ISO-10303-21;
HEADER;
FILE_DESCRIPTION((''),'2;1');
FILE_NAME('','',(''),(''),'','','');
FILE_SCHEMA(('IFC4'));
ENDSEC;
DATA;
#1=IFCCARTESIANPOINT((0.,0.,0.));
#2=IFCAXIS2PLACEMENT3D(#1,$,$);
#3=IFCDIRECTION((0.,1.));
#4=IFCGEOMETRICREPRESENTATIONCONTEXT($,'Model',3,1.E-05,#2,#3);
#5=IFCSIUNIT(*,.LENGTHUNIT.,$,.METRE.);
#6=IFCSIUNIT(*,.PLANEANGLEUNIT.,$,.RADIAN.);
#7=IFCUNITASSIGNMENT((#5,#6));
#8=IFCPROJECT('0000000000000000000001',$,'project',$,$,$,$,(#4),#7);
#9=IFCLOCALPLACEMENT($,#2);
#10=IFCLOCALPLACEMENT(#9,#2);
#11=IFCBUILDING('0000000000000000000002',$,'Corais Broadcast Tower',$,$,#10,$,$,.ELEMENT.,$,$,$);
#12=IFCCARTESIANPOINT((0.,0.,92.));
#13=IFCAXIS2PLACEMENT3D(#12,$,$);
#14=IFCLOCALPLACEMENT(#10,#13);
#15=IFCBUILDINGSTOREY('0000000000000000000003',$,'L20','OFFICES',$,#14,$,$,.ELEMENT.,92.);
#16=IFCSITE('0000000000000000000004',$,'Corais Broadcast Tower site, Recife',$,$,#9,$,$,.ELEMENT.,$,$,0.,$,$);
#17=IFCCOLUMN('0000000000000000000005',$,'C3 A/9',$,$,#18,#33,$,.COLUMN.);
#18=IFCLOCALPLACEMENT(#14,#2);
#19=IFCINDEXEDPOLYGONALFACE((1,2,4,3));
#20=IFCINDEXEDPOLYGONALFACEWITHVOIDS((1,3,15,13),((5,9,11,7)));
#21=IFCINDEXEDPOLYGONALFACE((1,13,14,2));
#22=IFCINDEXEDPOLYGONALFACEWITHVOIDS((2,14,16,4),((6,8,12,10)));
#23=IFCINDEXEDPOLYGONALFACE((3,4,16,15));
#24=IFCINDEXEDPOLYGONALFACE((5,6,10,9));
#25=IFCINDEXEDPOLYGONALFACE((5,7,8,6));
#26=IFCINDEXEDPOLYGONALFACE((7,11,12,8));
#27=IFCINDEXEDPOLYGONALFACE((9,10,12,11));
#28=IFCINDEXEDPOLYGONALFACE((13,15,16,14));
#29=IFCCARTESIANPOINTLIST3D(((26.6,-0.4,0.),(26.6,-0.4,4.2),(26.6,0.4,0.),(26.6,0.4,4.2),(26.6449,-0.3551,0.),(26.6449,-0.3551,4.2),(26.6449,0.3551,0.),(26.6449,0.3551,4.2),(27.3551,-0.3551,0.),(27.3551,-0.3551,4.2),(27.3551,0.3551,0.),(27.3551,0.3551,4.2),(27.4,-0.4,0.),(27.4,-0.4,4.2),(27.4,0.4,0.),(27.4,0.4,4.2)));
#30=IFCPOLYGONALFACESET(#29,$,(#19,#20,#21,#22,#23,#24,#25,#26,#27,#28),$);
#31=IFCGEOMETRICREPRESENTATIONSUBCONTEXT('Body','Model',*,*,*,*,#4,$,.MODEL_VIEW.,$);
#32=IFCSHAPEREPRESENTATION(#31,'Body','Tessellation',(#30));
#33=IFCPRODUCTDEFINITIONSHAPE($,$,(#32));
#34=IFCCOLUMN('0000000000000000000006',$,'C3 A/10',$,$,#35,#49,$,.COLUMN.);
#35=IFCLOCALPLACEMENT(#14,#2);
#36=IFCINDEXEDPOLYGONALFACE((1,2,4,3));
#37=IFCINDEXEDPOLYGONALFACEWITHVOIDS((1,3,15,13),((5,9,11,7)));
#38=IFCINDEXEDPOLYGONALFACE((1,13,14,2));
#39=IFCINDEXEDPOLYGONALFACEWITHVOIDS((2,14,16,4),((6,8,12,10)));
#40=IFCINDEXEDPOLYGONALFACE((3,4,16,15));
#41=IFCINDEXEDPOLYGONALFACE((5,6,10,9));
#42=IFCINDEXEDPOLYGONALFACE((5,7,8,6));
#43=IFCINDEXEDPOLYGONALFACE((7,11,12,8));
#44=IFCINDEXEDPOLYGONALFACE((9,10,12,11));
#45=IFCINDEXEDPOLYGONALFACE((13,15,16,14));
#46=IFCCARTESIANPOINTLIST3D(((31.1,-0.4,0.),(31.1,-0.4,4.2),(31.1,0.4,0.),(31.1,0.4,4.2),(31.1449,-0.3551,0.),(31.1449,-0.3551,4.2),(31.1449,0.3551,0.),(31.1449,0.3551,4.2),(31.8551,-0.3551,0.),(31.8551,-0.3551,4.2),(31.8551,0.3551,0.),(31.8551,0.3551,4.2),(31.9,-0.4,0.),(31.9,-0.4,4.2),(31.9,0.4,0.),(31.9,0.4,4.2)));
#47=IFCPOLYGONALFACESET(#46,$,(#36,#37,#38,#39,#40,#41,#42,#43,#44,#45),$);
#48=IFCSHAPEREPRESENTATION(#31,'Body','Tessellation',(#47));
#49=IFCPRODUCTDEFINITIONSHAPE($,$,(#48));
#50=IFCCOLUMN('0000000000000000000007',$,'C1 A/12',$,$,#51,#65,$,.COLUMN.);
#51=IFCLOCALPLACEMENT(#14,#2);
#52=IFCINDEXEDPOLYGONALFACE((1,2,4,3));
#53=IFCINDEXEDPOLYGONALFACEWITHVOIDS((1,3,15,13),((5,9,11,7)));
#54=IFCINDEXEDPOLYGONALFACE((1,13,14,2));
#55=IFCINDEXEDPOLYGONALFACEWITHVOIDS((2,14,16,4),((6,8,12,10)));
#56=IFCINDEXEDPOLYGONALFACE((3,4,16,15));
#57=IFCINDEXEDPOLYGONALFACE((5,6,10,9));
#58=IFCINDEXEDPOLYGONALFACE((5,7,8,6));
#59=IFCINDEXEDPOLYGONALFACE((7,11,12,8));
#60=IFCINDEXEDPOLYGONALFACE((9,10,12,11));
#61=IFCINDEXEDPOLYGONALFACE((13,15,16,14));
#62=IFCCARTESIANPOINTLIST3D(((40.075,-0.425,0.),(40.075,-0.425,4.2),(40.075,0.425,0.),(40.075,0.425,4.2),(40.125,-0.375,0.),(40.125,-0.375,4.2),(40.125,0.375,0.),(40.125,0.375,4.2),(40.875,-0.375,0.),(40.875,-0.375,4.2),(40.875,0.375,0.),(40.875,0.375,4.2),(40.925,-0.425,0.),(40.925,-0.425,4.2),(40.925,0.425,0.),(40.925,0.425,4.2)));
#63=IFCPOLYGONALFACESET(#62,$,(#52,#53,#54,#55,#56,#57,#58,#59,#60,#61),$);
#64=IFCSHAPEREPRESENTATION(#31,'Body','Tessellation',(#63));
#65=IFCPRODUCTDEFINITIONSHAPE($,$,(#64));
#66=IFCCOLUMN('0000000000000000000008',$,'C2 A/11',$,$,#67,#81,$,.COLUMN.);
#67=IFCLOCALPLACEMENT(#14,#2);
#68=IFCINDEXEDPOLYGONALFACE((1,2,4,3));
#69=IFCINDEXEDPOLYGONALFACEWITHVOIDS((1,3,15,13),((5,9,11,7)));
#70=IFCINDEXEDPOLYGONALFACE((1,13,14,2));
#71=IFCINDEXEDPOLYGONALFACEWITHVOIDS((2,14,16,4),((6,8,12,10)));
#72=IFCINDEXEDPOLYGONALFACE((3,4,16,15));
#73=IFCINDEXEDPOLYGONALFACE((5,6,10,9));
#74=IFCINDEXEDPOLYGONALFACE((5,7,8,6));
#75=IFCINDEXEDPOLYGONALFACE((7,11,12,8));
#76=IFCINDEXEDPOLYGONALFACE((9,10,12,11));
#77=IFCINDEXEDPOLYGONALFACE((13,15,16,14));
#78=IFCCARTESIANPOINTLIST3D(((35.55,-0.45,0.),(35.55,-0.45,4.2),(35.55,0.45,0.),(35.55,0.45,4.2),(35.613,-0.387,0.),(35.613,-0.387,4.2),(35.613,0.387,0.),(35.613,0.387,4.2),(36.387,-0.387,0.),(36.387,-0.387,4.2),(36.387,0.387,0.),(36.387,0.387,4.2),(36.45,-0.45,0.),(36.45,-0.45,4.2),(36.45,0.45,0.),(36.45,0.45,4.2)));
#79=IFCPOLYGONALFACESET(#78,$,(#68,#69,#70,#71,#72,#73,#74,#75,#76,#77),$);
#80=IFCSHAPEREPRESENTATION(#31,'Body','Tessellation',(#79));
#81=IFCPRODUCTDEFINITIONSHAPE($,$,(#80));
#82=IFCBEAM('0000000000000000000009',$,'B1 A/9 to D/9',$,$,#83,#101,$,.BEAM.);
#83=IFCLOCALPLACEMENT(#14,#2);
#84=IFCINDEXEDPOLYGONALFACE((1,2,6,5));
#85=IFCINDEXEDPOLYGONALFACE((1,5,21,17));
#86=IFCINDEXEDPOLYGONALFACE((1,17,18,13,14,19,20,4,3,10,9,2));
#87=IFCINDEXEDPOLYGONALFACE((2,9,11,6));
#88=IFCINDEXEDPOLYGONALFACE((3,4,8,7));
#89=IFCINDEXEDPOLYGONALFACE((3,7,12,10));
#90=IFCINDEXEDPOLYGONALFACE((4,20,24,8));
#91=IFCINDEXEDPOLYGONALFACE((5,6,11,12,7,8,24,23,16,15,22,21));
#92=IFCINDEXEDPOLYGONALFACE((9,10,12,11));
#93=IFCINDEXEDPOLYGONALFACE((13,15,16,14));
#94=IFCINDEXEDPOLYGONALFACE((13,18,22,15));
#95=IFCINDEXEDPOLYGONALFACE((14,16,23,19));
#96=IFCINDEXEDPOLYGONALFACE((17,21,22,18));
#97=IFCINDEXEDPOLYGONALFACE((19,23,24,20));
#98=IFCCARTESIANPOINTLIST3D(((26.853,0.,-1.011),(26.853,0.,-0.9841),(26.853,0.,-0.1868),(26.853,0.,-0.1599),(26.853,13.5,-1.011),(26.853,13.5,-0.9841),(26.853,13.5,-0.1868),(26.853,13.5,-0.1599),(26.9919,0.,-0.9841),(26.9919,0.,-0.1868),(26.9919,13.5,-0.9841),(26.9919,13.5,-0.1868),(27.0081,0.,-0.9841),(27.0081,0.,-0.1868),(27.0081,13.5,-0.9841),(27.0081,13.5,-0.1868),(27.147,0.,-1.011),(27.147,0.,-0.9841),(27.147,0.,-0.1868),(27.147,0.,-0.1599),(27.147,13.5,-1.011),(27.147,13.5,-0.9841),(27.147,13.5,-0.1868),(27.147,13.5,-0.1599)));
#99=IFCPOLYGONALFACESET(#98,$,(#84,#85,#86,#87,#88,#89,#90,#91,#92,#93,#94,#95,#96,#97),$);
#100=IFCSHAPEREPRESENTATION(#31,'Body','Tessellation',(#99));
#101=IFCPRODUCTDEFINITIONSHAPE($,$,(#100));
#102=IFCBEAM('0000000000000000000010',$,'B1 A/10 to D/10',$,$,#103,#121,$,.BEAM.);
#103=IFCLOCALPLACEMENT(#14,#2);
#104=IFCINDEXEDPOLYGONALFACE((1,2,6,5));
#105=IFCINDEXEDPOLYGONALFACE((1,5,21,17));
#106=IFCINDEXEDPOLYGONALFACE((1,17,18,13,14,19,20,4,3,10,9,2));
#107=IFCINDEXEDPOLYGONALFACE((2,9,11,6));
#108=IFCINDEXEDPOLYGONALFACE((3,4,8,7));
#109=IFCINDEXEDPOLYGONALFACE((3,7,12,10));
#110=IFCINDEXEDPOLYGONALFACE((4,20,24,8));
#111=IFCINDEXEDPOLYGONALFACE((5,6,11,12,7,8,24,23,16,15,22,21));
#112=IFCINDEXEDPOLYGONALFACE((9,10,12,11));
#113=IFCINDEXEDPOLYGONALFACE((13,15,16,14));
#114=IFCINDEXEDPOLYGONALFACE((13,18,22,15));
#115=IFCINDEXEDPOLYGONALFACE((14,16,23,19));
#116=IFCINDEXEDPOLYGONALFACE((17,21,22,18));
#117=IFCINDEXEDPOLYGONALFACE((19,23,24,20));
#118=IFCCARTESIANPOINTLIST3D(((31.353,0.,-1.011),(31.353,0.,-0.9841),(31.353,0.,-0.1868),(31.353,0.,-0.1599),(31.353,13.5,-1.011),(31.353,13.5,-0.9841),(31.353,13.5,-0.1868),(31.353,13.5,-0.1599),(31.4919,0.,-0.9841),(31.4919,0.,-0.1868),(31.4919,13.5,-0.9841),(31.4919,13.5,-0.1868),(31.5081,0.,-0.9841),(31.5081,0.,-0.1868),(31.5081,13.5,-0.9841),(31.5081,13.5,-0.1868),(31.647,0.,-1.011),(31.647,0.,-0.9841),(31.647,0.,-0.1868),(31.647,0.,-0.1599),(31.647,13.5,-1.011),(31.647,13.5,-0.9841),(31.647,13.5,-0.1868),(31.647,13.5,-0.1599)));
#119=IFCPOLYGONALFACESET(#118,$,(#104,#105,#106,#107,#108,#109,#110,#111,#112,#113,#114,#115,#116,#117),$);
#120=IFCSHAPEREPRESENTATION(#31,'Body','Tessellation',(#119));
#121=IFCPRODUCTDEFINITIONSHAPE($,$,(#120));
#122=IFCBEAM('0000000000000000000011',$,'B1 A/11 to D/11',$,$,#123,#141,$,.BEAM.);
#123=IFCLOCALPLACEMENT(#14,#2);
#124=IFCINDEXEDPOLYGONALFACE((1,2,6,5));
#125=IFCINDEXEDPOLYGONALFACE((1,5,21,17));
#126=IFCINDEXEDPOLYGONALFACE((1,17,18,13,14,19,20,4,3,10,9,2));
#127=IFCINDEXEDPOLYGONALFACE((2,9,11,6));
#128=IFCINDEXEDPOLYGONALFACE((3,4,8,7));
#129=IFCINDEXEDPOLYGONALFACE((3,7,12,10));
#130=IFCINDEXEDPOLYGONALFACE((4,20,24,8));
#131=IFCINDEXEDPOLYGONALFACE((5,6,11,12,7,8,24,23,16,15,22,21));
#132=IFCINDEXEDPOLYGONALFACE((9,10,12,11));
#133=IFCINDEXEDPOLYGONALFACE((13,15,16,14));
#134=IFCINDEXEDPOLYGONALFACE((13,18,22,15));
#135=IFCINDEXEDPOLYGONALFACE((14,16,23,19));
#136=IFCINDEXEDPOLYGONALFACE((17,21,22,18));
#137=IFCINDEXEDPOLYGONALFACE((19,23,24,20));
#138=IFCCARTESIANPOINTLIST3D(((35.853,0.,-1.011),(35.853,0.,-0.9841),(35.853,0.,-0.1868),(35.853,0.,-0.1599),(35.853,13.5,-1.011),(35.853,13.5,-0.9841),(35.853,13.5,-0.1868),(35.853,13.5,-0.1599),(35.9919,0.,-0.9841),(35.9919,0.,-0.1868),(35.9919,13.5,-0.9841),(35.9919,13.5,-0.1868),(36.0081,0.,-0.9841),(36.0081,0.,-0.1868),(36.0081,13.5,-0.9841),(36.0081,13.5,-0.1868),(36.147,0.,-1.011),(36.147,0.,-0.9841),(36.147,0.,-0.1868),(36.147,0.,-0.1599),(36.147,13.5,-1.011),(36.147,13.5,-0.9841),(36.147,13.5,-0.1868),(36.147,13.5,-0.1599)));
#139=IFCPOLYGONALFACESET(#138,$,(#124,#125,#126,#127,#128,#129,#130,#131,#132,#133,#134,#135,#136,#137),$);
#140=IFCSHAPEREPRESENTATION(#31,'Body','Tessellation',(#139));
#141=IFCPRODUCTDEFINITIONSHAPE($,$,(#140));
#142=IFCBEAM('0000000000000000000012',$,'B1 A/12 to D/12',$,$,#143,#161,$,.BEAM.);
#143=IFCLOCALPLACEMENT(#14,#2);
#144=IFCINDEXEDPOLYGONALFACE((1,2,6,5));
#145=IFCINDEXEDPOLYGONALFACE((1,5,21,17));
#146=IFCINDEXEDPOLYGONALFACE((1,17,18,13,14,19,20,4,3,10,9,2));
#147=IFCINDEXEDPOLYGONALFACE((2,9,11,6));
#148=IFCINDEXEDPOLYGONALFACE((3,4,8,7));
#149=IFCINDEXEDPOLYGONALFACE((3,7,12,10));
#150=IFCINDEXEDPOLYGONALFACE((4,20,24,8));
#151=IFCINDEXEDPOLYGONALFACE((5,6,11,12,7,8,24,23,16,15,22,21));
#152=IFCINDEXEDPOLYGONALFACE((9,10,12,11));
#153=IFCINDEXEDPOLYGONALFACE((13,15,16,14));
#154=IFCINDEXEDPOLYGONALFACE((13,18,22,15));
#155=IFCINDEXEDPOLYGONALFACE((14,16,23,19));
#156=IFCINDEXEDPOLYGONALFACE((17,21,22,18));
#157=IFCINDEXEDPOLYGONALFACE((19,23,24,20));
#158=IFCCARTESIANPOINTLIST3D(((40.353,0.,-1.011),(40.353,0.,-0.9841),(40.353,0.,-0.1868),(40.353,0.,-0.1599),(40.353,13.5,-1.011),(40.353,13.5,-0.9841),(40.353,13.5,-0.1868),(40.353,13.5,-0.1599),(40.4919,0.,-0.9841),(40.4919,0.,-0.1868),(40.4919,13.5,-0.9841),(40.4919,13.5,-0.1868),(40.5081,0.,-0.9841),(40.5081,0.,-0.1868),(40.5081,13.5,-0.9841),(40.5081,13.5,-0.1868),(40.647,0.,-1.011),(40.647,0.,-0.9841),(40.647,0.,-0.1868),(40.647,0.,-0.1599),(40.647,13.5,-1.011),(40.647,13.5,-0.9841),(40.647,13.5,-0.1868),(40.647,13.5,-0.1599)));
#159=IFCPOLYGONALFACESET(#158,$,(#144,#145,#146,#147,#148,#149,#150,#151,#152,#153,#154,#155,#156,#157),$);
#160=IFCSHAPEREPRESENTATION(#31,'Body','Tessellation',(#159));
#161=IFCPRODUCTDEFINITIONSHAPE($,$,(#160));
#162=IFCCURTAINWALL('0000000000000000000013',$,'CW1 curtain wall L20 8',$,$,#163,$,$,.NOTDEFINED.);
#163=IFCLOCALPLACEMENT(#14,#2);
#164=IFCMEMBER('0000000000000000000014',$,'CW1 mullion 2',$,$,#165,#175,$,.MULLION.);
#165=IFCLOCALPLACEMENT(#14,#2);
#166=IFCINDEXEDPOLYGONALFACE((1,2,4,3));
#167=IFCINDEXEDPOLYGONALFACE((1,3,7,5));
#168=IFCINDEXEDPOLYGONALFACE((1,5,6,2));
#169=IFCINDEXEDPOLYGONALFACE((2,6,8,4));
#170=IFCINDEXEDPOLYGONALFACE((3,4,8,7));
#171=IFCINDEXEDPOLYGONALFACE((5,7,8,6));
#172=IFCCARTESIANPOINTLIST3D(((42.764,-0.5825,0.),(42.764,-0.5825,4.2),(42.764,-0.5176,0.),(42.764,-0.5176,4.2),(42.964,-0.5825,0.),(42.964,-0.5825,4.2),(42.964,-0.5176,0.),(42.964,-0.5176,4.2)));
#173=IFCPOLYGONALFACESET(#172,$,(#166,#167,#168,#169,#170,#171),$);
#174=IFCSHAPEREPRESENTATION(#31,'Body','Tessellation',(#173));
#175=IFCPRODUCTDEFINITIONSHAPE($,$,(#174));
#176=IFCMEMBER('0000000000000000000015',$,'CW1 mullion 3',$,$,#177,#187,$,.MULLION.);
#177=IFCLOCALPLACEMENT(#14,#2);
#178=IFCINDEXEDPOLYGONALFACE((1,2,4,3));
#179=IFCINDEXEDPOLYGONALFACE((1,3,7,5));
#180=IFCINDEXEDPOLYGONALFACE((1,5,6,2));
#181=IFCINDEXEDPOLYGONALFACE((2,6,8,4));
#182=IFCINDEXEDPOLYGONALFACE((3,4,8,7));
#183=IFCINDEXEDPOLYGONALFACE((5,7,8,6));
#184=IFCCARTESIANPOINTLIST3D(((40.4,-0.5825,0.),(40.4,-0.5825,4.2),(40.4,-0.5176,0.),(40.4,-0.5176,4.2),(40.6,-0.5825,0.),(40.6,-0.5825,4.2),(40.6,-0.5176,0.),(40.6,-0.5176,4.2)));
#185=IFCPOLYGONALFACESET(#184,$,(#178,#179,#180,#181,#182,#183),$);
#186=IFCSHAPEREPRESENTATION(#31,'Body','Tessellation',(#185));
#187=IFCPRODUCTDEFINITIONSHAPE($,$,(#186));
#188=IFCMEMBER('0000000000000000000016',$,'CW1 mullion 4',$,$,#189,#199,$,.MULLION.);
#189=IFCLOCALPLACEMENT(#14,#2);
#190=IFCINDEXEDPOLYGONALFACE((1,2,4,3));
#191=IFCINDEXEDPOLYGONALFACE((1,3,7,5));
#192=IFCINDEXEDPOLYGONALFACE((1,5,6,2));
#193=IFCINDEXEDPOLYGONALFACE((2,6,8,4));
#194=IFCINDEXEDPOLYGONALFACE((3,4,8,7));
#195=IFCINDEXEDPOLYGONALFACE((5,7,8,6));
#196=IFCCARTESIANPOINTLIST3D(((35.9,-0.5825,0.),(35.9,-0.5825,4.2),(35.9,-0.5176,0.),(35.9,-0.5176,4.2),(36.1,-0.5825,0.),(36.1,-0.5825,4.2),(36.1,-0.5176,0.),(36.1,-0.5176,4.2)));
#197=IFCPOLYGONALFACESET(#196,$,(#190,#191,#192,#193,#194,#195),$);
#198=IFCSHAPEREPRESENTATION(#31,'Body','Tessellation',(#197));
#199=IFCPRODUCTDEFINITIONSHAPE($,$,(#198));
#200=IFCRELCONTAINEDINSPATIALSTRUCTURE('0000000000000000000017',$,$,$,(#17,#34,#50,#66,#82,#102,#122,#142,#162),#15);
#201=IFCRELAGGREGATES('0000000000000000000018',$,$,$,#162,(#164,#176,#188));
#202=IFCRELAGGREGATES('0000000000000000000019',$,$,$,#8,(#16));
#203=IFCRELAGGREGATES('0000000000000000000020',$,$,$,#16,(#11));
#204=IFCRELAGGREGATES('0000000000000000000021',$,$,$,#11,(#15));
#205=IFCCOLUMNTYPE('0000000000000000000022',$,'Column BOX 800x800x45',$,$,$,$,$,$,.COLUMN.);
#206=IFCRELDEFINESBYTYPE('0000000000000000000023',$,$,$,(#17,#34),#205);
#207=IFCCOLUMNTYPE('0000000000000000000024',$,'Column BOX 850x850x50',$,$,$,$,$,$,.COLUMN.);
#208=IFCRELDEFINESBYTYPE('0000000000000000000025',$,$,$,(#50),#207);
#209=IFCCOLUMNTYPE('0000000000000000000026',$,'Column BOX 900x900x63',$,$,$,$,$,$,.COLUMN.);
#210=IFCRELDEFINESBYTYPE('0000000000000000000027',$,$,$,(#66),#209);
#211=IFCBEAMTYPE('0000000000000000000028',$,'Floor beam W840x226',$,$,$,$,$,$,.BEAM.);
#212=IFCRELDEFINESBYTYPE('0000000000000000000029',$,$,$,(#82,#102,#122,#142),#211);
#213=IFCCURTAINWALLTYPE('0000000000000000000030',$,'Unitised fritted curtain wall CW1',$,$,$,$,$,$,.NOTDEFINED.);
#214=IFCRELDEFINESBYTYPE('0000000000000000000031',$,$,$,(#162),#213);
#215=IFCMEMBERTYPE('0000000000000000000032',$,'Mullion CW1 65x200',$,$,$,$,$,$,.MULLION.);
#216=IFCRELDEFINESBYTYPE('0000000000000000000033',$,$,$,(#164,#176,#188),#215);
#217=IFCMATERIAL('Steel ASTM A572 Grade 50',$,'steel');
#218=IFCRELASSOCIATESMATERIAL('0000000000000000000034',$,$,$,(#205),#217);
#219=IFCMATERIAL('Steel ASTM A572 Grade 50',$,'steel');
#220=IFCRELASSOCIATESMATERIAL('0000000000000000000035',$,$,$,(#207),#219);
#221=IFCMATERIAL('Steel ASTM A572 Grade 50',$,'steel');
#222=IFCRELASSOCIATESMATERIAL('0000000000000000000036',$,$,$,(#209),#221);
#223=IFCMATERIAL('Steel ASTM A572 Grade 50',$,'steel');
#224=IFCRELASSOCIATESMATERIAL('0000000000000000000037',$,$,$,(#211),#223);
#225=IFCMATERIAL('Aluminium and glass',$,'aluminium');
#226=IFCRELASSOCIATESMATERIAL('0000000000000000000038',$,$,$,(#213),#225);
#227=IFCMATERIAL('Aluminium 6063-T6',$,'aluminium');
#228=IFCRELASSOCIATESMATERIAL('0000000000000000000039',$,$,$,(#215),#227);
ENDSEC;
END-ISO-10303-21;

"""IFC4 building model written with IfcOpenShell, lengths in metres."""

from ifc_helpers import new_model, si_unit, direction, frame, origin, origin_2d, place, context, subcontext, project, spatial, rectangle, hollow_rectangle, i_section, extrude, material, material_profile, profile_set, type_object, element, aggregate, save


model = new_model("IFC4")

# Units and contexts
model_context = context("Model", 3, precision=1e-05, world=origin(), true_north=direction((0.0, 1.0)))
body_context = subcontext(model_context, "Body", "Model", "MODEL_VIEW")
ifc_project = project(units=[si_unit("LENGTHUNIT", "METRE"), si_unit("PLANEANGLEUNIT", "RADIAN")], contexts=[model_context])

# Site, building, storey
site_placement = place(None, origin())
site = spatial("IfcSite", under=ifc_project, at=site_placement, Name="Corais Broadcast Tower site, Recife", CompositionType="ELEMENT", RefElevation=0.0)
building_placement = place(site_placement, origin())
building = spatial("IfcBuilding", under=site, at=building_placement, Name="Corais Broadcast Tower", CompositionType="ELEMENT")
storey_placement = place(building_placement, frame((0.0, 0.0, 92.0)))
storey = spatial("IfcBuildingStorey", under=building, at=storey_placement, Name="L20", Description="OFFICES", CompositionType="ELEMENT", Elevation=92.0)

# Columns
ifc_material_1 = material(Name="Steel ASTM A572 Grade 50", Category="steel")
ifc_material_profile_1 = material_profile(ifc_material_1, hollow_rectangle(XDim=0.8, YDim=0.8, WallThickness=0.0449, at=origin_2d()), Name="BOX 800x800x45")
ifc_profile_set_1 = profile_set([ifc_material_profile_1], Name="Steel ASTM A572 Grade 50")
column_type_1 = type_object("IfcColumnType", Name="Column BOX 800x800x45", PredefinedType="COLUMN", material=ifc_profile_set_1)
for number, where, z_axis, x_axis, name in (
    (1, (27.0, 0.0, 0.0), (0.0, 0.0, 1.0), (1.0, 0.0, 0.0), "C3 A/9"),
    (2, (31.5, 0.0, 0.0), (0.0, 0.0, 1.0), (1.0, 0.0, 0.0), "C3 A/10"),
):
    element("IfcColumn", number, at=place(storey_placement, frame(where, z_axis=z_axis, x_axis=x_axis)), inside=storey, type_object=column_type_1, Name=name, PredefinedType="COLUMN", context=body_context, shape_type="SweptSolid", body=[
        extrude(hollow_rectangle(XDim=0.8, YDim=0.8, WallThickness=0.0449, at=origin_2d()), origin(), (0.0, 0.0, 1.0), 4.2),
    ])
ifc_material_2 = material(Name="Steel ASTM A572 Grade 50", Category="steel")
ifc_material_profile_2 = material_profile(ifc_material_2, hollow_rectangle(XDim=0.8501, YDim=0.8501, WallThickness=0.05, at=origin_2d()), Name="BOX 850x850x50")
ifc_profile_set_2 = profile_set([ifc_material_profile_2], Name="Steel ASTM A572 Grade 50")
column_type_2 = type_object("IfcColumnType", Name="Column BOX 850x850x50", PredefinedType="COLUMN", material=ifc_profile_set_2)
column_1_placement = place(storey_placement, frame((40.5, 0.0, 0.0), z_axis=(0.0, 0.0, 1.0), x_axis=(1.0, 0.0, 0.0)))
element("IfcColumn", 3, at=column_1_placement, inside=storey, type_object=column_type_2, Name="C1 A/12", PredefinedType="COLUMN", context=body_context, shape_type="SweptSolid", body=[
    extrude(hollow_rectangle(XDim=0.8501, YDim=0.8501, WallThickness=0.05, at=origin_2d()), origin(), (0.0, 0.0, 1.0), 4.2),
])
ifc_material_3 = material(Name="Steel ASTM A572 Grade 50", Category="steel")
ifc_material_profile_3 = material_profile(ifc_material_3, hollow_rectangle(XDim=0.8999, YDim=0.8999, WallThickness=0.063, at=origin_2d()), Name="BOX 900x900x63")
ifc_profile_set_3 = profile_set([ifc_material_profile_3], Name="Steel ASTM A572 Grade 50")
column_type_3 = type_object("IfcColumnType", Name="Column BOX 900x900x63", PredefinedType="COLUMN", material=ifc_profile_set_3)
column_2_placement = place(storey_placement, frame((36.0, 0.0, 0.0), z_axis=(0.0, 0.0, 1.0), x_axis=(1.0, 0.0, 0.0)))
element("IfcColumn", 4, at=column_2_placement, inside=storey, type_object=column_type_3, Name="C2 A/11", PredefinedType="COLUMN", context=body_context, shape_type="SweptSolid", body=[
    extrude(hollow_rectangle(XDim=0.8999, YDim=0.8999, WallThickness=0.063, at=origin_2d()), origin(), (0.0, 0.0, 1.0), 4.2),
])

# Beams
ifc_material_4 = material(Name="Steel ASTM A572 Grade 50", Category="steel")
ifc_material_profile_4 = material_profile(ifc_material_4, i_section(OverallWidth=0.2939, OverallDepth=0.8511, WebThickness=0.0161, FlangeThickness=0.0269, at=origin_2d()), Name="W840x226")
ifc_profile_set_4 = profile_set([ifc_material_profile_4], Name="Steel ASTM A572 Grade 50")
beam_type_1 = type_object("IfcBeamType", Name="Floor beam W840x226", PredefinedType="BEAM", material=ifc_profile_set_4)
for number, where, z_axis, x_axis, name in (
    (5, (27.0, 0.0, -0.5854), (0.0, 1.0, 0.0), (-1.0, 0.0, 0.0), "B1 A/9 to D/9"),
    (6, (31.5, 0.0, -0.5854), (0.0, 1.0, 0.0), (-1.0, 0.0, 0.0), "B1 A/10 to D/10"),
    (7, (36.0, 0.0, -0.5854), (0.0, 1.0, 0.0), (-1.0, 0.0, 0.0), "B1 A/11 to D/11"),
    (8, (40.5, 0.0, -0.5854), (0.0, 1.0, 0.0), (-1.0, 0.0, 0.0), "B1 A/12 to D/12"),
):
    element("IfcBeam", number, at=place(storey_placement, frame(where, z_axis=z_axis, x_axis=x_axis)), inside=storey, type_object=beam_type_1, Name=name, PredefinedType="BEAM", context=body_context, shape_type="SweptSolid", body=[
        extrude(i_section(OverallWidth=0.2939, OverallDepth=0.8511, WebThickness=0.0161, FlangeThickness=0.0269, at=origin_2d()), origin(), (0.0, 0.0, 1.0), 13.5),
    ])

# Curtain wall, members
ifc_material_5 = material(Name="Aluminium and glass", Category="aluminium")
curtain_wall_type = type_object("IfcCurtainWallType", Name="Unitised fritted curtain wall CW1", PredefinedType="NOTDEFINED", material=ifc_material_5)
curtain_wall_placement = place(storey_placement, origin())
curtain_wall = element("IfcCurtainWall", 9, at=curtain_wall_placement, inside=storey, type_object=curtain_wall_type, Name="CW1 curtain wall L20 8", PredefinedType="NOTDEFINED")
ifc_material_6 = material(Name="Aluminium 6063-T6", Category="aluminium")
ifc_material_profile_5 = material_profile(ifc_material_6, rectangle(XDim=0.0649, YDim=0.2, at=origin_2d()), Name="Mullion CW1 65x200")
ifc_profile_set_5 = profile_set([ifc_material_profile_5], Name="Aluminium 6063-T6")
member_type_1 = type_object("IfcMemberType", Name="Mullion CW1 65x200", PredefinedType="MULLION", material=ifc_profile_set_5)
member_1_placement = place(storey_placement, frame((42.864, -0.55, 0.0), z_axis=(0.0, 0.0, 1.0), x_axis=(0.0, -1.0, 0.0)))
member_1 = element("IfcMember", 10, at=member_1_placement, type_object=member_type_1, Name="CW1 mullion 2", PredefinedType="MULLION", context=body_context, shape_type="SweptSolid", body=[
    extrude(rectangle(XDim=0.0649, YDim=0.2, at=origin_2d()), origin(), (0.0, 0.0, 1.0), 4.2),
])
member_2_placement = place(storey_placement, frame((40.5, -0.55, 0.0), z_axis=(0.0, 0.0, 1.0), x_axis=(0.0, -1.0, 0.0)))
member_2 = element("IfcMember", 11, at=member_2_placement, type_object=member_type_1, Name="CW1 mullion 3", PredefinedType="MULLION", context=body_context, shape_type="SweptSolid", body=[
    extrude(rectangle(XDim=0.0649, YDim=0.2, at=origin_2d()), origin(), (0.0, 0.0, 1.0), 4.2),
])
member_3_placement = place(storey_placement, frame((36.0, -0.55, 0.0), z_axis=(0.0, 0.0, 1.0), x_axis=(0.0, -1.0, 0.0)))
member_3 = element("IfcMember", 12, at=member_3_placement, type_object=member_type_1, Name="CW1 mullion 4", PredefinedType="MULLION", context=body_context, shape_type="SweptSolid", body=[
    extrude(rectangle(XDim=0.0649, YDim=0.2, at=origin_2d()), origin(), (0.0, 0.0, 1.0), 4.2),
])

aggregate(curtain_wall, [member_1, member_2, member_3])

save(model, "model.ifc")
